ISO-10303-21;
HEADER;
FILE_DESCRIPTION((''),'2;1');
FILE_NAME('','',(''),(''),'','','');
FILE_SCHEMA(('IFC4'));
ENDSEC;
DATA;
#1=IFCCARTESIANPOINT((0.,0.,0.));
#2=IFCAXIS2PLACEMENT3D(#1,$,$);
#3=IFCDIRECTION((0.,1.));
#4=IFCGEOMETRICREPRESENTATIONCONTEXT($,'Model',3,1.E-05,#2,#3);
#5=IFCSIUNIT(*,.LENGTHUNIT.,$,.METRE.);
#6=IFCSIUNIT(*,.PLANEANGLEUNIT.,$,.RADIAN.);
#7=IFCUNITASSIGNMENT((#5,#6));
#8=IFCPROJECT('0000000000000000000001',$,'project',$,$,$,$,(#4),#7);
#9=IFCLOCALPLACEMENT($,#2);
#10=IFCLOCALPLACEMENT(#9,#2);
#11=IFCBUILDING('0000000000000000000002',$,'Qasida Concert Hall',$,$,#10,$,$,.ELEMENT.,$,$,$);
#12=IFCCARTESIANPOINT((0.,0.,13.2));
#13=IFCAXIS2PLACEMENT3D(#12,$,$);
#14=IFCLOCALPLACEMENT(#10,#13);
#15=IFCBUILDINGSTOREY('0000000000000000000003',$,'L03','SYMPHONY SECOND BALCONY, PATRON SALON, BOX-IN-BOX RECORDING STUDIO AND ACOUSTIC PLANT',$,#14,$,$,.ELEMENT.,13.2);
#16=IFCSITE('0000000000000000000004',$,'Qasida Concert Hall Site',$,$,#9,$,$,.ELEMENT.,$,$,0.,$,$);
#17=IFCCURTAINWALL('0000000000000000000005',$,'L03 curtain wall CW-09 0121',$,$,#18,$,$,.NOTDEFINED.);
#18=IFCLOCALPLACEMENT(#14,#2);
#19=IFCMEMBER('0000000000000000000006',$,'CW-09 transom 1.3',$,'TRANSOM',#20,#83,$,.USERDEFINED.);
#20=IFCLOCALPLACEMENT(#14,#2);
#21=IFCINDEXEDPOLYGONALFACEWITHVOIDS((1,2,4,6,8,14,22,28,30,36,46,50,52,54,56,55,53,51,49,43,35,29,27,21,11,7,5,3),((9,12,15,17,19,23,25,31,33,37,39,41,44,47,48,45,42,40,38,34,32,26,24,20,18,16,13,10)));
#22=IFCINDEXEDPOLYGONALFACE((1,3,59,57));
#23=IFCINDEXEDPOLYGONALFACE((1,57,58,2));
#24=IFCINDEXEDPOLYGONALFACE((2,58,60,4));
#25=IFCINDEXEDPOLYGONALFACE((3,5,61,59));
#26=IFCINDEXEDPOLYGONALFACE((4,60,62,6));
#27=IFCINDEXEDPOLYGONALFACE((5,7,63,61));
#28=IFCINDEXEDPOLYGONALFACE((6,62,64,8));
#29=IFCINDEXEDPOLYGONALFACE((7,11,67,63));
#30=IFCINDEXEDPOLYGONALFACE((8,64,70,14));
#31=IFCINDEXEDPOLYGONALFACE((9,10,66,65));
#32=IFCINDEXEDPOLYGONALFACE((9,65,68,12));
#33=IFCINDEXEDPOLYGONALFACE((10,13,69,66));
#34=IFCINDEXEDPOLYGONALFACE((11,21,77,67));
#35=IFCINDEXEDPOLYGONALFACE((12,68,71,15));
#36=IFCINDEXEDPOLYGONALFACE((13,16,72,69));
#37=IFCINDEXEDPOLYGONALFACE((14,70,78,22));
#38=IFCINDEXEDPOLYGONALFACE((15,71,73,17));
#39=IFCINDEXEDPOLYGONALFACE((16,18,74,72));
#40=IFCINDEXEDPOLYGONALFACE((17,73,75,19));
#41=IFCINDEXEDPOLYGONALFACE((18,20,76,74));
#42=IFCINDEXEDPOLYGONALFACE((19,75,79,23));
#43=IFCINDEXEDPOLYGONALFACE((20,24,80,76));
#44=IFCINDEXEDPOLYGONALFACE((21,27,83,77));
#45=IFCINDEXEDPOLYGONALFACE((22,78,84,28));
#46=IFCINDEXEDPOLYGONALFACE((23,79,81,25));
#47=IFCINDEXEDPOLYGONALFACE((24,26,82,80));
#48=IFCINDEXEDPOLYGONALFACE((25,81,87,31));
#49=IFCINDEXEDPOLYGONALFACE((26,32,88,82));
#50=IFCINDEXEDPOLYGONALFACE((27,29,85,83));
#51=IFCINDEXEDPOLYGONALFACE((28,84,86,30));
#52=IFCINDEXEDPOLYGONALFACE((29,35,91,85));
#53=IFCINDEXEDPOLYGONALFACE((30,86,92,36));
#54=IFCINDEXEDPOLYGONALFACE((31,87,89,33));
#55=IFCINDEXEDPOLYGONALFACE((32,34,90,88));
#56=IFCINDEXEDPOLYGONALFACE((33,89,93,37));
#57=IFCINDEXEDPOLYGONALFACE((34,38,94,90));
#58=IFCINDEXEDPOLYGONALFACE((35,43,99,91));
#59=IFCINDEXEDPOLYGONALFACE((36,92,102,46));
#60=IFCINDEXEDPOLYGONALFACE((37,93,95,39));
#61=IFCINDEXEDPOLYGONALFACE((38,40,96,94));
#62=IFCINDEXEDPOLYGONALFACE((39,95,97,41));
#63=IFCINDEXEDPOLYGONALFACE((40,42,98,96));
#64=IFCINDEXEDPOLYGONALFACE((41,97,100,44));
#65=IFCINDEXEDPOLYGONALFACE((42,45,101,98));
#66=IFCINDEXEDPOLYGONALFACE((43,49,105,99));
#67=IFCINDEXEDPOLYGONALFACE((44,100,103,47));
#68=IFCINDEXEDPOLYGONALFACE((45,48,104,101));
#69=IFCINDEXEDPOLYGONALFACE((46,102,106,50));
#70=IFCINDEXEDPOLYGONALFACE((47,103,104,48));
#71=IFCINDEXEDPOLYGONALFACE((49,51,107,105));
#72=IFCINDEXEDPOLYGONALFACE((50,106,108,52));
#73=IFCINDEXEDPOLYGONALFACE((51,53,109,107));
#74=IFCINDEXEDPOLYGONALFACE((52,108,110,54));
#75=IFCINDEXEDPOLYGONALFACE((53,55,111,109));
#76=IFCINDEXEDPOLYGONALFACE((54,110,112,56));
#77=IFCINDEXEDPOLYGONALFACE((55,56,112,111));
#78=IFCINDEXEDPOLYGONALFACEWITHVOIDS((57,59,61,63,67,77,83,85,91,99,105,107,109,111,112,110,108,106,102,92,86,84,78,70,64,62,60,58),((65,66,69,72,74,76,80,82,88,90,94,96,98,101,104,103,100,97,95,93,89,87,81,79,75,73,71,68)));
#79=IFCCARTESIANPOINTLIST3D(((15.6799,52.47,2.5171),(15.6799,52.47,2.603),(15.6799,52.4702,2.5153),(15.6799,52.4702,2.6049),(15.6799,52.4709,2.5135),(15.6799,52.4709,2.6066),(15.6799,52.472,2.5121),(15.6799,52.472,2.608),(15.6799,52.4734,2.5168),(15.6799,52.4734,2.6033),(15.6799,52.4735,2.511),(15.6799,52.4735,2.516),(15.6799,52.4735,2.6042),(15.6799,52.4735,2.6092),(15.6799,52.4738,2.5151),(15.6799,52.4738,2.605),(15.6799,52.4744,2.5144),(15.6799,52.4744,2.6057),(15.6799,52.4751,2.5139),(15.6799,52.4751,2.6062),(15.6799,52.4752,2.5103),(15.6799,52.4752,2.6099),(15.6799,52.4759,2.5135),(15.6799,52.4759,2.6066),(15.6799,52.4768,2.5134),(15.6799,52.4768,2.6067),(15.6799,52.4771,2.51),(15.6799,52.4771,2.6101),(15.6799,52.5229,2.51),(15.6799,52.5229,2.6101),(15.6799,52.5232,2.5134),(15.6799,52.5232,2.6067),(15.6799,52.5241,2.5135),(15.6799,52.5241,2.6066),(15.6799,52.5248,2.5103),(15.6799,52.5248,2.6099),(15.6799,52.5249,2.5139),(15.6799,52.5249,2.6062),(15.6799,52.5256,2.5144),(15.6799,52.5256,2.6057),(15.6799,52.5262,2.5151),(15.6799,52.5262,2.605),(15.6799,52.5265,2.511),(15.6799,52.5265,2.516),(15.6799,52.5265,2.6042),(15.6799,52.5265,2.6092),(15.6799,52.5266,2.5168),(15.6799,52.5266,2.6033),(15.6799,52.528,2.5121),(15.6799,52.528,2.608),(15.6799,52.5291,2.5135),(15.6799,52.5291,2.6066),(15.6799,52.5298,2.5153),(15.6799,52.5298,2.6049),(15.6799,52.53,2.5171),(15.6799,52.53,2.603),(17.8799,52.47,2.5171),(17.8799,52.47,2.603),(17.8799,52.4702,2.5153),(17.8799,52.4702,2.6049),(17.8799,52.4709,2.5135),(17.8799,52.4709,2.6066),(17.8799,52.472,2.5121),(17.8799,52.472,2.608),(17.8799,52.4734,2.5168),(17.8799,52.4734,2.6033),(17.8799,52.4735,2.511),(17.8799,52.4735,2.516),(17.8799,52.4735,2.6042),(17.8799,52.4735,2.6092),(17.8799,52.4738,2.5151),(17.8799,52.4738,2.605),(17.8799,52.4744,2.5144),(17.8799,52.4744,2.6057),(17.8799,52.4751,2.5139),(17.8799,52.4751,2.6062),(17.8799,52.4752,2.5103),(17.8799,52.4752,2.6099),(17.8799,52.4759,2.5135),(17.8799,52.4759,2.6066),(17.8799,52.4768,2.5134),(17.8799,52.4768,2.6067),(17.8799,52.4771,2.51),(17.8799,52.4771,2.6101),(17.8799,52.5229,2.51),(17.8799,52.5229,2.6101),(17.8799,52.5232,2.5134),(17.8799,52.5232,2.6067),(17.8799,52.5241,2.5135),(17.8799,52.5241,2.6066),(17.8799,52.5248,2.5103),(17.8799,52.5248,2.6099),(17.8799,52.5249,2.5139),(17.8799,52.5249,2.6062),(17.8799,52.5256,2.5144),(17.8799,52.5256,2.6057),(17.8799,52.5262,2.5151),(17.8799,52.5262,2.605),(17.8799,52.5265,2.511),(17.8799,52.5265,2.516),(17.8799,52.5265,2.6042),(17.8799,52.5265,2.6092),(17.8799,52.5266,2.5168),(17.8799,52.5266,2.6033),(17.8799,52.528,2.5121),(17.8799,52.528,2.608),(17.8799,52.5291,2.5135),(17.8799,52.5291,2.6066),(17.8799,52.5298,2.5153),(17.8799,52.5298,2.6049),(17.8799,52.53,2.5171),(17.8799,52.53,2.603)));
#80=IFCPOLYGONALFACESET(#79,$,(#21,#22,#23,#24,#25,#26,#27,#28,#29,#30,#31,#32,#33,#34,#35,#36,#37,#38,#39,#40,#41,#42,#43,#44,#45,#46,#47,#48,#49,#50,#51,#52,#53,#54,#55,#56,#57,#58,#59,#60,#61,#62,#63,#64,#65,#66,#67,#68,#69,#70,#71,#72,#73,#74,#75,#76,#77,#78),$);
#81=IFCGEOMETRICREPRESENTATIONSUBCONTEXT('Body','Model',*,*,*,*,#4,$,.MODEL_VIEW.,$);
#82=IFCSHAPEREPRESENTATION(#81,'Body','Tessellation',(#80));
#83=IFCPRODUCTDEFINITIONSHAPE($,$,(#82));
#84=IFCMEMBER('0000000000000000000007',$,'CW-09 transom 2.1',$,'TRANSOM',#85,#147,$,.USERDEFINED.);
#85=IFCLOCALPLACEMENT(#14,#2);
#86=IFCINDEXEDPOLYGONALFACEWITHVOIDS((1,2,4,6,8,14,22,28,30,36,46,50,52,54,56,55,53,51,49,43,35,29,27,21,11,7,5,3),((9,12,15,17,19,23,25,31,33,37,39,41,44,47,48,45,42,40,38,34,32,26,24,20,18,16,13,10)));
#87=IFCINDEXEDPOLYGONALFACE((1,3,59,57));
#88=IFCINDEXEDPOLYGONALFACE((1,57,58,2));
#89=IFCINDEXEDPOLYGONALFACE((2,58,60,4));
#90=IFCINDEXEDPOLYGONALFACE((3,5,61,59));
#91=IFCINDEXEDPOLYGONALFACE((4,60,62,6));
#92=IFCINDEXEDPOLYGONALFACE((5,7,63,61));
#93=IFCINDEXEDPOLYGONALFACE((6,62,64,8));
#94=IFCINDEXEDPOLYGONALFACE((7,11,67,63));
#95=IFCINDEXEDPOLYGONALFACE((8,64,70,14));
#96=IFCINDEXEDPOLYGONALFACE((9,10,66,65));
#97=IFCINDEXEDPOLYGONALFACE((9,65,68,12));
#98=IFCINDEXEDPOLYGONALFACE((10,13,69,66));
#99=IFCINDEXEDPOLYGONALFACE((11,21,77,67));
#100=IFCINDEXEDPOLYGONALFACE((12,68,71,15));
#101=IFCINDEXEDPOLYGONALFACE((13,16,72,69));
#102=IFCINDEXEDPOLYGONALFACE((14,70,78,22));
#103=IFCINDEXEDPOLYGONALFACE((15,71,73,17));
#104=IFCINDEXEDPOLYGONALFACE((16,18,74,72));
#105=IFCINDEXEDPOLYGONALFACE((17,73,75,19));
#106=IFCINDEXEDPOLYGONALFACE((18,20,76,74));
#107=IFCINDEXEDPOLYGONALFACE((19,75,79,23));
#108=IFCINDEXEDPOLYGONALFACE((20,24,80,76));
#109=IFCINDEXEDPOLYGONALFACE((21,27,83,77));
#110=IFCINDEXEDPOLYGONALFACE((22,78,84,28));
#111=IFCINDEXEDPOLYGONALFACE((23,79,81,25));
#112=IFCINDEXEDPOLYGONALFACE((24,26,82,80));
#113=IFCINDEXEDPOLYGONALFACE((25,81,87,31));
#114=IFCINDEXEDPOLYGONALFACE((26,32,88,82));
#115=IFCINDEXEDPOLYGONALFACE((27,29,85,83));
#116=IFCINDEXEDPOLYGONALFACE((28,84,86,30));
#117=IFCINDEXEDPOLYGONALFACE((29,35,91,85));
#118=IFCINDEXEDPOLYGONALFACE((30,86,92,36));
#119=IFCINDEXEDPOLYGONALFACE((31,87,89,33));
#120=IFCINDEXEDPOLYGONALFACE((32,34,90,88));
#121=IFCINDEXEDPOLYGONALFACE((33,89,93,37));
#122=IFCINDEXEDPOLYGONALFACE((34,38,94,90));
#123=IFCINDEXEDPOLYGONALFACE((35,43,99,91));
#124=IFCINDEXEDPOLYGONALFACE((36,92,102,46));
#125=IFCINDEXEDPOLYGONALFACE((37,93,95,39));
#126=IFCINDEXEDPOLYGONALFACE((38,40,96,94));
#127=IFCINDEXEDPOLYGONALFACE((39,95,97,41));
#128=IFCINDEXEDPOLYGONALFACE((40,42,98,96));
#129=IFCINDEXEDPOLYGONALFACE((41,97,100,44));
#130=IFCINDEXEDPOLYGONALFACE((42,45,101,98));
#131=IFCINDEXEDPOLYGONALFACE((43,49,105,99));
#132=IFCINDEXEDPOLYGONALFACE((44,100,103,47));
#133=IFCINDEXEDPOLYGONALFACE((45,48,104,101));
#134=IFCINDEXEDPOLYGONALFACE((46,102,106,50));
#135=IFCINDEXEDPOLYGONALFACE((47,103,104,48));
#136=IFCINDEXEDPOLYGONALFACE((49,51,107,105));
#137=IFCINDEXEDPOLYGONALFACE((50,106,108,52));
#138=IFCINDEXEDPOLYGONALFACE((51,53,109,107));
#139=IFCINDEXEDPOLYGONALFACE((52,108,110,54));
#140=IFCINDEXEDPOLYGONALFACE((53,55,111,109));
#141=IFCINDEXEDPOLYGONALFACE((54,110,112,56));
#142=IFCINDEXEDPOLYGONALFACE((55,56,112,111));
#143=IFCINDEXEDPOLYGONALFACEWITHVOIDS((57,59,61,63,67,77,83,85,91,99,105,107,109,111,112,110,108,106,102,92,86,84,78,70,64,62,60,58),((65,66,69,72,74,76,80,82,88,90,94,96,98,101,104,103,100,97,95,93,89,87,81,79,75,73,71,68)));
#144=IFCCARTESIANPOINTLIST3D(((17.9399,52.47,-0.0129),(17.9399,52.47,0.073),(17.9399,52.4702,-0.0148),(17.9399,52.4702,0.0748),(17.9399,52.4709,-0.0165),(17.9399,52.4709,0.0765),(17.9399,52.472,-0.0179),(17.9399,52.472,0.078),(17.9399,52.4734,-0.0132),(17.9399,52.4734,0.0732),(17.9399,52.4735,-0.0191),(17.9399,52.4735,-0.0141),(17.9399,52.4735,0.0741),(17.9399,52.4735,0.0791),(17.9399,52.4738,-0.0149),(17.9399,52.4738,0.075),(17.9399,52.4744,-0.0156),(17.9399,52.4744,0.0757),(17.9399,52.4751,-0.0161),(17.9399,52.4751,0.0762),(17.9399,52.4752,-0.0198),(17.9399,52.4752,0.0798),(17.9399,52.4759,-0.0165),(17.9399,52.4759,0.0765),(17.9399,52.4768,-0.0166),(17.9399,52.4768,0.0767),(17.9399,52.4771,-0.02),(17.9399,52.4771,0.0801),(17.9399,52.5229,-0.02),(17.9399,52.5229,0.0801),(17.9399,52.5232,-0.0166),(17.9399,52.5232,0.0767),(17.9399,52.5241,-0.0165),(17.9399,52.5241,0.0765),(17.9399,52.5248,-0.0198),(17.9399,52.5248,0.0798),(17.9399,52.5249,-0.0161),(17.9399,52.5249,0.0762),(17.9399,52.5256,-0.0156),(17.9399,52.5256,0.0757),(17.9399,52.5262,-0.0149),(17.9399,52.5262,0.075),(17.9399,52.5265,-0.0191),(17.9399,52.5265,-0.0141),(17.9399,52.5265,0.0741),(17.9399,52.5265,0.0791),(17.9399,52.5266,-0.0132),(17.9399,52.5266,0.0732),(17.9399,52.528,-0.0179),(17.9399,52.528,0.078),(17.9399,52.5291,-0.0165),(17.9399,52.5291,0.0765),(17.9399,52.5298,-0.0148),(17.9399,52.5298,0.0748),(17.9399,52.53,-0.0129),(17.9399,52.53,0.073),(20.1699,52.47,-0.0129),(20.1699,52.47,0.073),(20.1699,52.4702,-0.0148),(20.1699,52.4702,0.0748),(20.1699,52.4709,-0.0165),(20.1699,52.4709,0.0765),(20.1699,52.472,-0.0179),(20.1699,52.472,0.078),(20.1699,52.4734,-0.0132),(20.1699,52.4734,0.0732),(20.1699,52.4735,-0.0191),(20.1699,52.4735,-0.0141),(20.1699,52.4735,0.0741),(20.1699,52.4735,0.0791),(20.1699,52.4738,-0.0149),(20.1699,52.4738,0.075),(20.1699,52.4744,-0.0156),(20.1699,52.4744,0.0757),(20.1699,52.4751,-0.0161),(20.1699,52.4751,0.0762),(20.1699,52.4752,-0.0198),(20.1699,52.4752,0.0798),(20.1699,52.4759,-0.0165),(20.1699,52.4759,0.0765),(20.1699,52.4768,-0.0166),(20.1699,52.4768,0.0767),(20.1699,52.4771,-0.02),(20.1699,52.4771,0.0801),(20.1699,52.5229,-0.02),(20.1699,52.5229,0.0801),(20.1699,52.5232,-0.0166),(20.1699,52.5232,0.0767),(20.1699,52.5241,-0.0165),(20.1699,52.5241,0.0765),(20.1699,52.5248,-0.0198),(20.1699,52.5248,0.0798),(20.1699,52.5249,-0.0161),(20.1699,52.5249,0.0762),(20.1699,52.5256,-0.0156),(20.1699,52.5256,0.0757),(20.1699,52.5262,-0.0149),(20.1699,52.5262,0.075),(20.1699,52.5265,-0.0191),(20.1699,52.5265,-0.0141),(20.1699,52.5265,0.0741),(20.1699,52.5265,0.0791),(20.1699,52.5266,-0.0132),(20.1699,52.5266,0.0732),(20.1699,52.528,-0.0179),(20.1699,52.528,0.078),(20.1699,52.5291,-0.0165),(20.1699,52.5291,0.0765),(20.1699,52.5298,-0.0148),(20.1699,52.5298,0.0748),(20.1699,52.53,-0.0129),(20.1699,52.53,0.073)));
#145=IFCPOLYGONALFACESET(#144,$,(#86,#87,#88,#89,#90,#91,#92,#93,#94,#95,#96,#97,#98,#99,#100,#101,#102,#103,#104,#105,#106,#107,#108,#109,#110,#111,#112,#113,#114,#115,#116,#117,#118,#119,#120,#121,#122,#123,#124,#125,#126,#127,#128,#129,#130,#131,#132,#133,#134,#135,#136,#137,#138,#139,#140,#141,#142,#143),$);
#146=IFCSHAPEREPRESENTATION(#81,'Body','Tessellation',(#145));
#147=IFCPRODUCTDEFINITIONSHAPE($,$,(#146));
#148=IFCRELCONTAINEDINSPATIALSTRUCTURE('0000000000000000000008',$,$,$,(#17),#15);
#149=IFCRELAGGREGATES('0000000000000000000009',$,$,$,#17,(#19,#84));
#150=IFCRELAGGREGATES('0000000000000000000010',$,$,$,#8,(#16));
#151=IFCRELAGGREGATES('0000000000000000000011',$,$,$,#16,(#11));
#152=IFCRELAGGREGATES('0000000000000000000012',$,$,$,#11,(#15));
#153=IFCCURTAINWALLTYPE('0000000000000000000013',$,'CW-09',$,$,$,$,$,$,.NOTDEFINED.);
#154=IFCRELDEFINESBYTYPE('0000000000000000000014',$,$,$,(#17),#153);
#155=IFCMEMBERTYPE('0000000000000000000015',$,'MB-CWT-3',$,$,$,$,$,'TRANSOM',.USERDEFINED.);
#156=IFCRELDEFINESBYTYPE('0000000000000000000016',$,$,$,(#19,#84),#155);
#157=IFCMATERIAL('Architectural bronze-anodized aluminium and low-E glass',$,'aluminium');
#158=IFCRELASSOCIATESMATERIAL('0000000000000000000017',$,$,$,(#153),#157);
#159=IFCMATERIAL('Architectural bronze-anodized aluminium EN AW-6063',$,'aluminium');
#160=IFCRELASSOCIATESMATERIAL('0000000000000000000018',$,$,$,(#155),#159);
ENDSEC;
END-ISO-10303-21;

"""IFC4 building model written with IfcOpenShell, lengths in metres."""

from ifc_helpers import new_model, si_unit, direction, frame, origin, origin_2d, place, context, subcontext, project, spatial, hollow_rectangle, extrude, material, material_profile, profile_set, type_object, element, aggregate, save


model = new_model("IFC4")

# Units and contexts
model_context = context("Model", 3, precision=1e-05, world=origin(), true_north=direction((0.0, 1.0)))
body_context = subcontext(model_context, "Body", "Model", "MODEL_VIEW")
ifc_project = project(units=[si_unit("LENGTHUNIT", "METRE"), si_unit("PLANEANGLEUNIT", "RADIAN")], contexts=[model_context])

# Site, building, storey
site_placement = place(None, origin())
site = spatial("IfcSite", under=ifc_project, at=site_placement, Name="Qasida Concert Hall Site", CompositionType="ELEMENT", RefElevation=0.0)
building_placement = place(site_placement, origin())
building = spatial("IfcBuilding", under=site, at=building_placement, Name="Qasida Concert Hall", CompositionType="ELEMENT")
storey_placement = place(building_placement, frame((0.0, 0.0, 13.2)))
storey = spatial("IfcBuildingStorey", under=building, at=storey_placement, Name="L03", Description="SYMPHONY SECOND BALCONY, PATRON SALON, BOX-IN-BOX RECORDING STUDIO AND ACOUSTIC PLANT", CompositionType="ELEMENT", Elevation=13.2)

# Shared definitions
ifc_material_1 = material(Name="Architectural bronze-anodized aluminium and low-E glass", Category="aluminium")
curtain_wall_type = type_object("IfcCurtainWallType", Name="CW-09", PredefinedType="NOTDEFINED", material=ifc_material_1)
ifc_material_2 = material(Name="Architectural bronze-anodized aluminium EN AW-6063", Category="aluminium")

# Curtain wall
curtain_wall_1_placement = place(storey_placement, origin())
curtain_wall_1 = element("IfcCurtainWall", 1, at=curtain_wall_1_placement, inside=storey, type_object=curtain_wall_type, Name="L03 curtain wall CW-09 0121", PredefinedType="NOTDEFINED")

# Members
ifc_material_profile_1 = material_profile(ifc_material_2, hollow_rectangle(XDim=0.0601, YDim=0.1001, WallThickness=0.0034, InnerFilletRadius=0.0034, OuterFilletRadius=0.0071, at=origin_2d()), Name="CWT 100x60x3.5")
ifc_profile_set_1 = profile_set([ifc_material_profile_1], Name="Architectural bronze-anodized aluminium EN AW-6063")
member_type_1 = type_object("IfcMemberType", Name="MB-CWT-3", ElementType="TRANSOM", PredefinedType="USERDEFINED", material=ifc_profile_set_1)
member_1_placement = place(storey_placement, frame((15.6799, 52.5, 2.5601), z_axis=(1.0, 0.0, 0.0), x_axis=(0.0, 1.0, 0.0)))
member_1 = element("IfcMember", 2, at=member_1_placement, type_object=member_type_1, Name="CW-09 transom 1.3", ObjectType="TRANSOM", PredefinedType="USERDEFINED", context=body_context, shape_type="SweptSolid", body=[
    extrude(hollow_rectangle(XDim=0.0601, YDim=0.1001, WallThickness=0.0034, InnerFilletRadius=0.0034, OuterFilletRadius=0.0071, at=origin_2d()), origin(), (0.0, 0.0, 1.0), 2.2),
])
member_2_placement = place(storey_placement, frame((17.9399, 52.5, 0.03), z_axis=(1.0, 0.0, 0.0), x_axis=(0.0, 1.0, 0.0)))
member_2 = element("IfcMember", 3, at=member_2_placement, type_object=member_type_1, Name="CW-09 transom 2.1", ObjectType="TRANSOM", PredefinedType="USERDEFINED", context=body_context, shape_type="SweptSolid", body=[
    extrude(hollow_rectangle(XDim=0.0601, YDim=0.1001, WallThickness=0.0034, InnerFilletRadius=0.0034, OuterFilletRadius=0.0071, at=origin_2d()), origin(), (0.0, 0.0, 1.0), 2.23),
])

aggregate(curtain_wall_1, [member_1, member_2])

save(model, "model.ifc")
